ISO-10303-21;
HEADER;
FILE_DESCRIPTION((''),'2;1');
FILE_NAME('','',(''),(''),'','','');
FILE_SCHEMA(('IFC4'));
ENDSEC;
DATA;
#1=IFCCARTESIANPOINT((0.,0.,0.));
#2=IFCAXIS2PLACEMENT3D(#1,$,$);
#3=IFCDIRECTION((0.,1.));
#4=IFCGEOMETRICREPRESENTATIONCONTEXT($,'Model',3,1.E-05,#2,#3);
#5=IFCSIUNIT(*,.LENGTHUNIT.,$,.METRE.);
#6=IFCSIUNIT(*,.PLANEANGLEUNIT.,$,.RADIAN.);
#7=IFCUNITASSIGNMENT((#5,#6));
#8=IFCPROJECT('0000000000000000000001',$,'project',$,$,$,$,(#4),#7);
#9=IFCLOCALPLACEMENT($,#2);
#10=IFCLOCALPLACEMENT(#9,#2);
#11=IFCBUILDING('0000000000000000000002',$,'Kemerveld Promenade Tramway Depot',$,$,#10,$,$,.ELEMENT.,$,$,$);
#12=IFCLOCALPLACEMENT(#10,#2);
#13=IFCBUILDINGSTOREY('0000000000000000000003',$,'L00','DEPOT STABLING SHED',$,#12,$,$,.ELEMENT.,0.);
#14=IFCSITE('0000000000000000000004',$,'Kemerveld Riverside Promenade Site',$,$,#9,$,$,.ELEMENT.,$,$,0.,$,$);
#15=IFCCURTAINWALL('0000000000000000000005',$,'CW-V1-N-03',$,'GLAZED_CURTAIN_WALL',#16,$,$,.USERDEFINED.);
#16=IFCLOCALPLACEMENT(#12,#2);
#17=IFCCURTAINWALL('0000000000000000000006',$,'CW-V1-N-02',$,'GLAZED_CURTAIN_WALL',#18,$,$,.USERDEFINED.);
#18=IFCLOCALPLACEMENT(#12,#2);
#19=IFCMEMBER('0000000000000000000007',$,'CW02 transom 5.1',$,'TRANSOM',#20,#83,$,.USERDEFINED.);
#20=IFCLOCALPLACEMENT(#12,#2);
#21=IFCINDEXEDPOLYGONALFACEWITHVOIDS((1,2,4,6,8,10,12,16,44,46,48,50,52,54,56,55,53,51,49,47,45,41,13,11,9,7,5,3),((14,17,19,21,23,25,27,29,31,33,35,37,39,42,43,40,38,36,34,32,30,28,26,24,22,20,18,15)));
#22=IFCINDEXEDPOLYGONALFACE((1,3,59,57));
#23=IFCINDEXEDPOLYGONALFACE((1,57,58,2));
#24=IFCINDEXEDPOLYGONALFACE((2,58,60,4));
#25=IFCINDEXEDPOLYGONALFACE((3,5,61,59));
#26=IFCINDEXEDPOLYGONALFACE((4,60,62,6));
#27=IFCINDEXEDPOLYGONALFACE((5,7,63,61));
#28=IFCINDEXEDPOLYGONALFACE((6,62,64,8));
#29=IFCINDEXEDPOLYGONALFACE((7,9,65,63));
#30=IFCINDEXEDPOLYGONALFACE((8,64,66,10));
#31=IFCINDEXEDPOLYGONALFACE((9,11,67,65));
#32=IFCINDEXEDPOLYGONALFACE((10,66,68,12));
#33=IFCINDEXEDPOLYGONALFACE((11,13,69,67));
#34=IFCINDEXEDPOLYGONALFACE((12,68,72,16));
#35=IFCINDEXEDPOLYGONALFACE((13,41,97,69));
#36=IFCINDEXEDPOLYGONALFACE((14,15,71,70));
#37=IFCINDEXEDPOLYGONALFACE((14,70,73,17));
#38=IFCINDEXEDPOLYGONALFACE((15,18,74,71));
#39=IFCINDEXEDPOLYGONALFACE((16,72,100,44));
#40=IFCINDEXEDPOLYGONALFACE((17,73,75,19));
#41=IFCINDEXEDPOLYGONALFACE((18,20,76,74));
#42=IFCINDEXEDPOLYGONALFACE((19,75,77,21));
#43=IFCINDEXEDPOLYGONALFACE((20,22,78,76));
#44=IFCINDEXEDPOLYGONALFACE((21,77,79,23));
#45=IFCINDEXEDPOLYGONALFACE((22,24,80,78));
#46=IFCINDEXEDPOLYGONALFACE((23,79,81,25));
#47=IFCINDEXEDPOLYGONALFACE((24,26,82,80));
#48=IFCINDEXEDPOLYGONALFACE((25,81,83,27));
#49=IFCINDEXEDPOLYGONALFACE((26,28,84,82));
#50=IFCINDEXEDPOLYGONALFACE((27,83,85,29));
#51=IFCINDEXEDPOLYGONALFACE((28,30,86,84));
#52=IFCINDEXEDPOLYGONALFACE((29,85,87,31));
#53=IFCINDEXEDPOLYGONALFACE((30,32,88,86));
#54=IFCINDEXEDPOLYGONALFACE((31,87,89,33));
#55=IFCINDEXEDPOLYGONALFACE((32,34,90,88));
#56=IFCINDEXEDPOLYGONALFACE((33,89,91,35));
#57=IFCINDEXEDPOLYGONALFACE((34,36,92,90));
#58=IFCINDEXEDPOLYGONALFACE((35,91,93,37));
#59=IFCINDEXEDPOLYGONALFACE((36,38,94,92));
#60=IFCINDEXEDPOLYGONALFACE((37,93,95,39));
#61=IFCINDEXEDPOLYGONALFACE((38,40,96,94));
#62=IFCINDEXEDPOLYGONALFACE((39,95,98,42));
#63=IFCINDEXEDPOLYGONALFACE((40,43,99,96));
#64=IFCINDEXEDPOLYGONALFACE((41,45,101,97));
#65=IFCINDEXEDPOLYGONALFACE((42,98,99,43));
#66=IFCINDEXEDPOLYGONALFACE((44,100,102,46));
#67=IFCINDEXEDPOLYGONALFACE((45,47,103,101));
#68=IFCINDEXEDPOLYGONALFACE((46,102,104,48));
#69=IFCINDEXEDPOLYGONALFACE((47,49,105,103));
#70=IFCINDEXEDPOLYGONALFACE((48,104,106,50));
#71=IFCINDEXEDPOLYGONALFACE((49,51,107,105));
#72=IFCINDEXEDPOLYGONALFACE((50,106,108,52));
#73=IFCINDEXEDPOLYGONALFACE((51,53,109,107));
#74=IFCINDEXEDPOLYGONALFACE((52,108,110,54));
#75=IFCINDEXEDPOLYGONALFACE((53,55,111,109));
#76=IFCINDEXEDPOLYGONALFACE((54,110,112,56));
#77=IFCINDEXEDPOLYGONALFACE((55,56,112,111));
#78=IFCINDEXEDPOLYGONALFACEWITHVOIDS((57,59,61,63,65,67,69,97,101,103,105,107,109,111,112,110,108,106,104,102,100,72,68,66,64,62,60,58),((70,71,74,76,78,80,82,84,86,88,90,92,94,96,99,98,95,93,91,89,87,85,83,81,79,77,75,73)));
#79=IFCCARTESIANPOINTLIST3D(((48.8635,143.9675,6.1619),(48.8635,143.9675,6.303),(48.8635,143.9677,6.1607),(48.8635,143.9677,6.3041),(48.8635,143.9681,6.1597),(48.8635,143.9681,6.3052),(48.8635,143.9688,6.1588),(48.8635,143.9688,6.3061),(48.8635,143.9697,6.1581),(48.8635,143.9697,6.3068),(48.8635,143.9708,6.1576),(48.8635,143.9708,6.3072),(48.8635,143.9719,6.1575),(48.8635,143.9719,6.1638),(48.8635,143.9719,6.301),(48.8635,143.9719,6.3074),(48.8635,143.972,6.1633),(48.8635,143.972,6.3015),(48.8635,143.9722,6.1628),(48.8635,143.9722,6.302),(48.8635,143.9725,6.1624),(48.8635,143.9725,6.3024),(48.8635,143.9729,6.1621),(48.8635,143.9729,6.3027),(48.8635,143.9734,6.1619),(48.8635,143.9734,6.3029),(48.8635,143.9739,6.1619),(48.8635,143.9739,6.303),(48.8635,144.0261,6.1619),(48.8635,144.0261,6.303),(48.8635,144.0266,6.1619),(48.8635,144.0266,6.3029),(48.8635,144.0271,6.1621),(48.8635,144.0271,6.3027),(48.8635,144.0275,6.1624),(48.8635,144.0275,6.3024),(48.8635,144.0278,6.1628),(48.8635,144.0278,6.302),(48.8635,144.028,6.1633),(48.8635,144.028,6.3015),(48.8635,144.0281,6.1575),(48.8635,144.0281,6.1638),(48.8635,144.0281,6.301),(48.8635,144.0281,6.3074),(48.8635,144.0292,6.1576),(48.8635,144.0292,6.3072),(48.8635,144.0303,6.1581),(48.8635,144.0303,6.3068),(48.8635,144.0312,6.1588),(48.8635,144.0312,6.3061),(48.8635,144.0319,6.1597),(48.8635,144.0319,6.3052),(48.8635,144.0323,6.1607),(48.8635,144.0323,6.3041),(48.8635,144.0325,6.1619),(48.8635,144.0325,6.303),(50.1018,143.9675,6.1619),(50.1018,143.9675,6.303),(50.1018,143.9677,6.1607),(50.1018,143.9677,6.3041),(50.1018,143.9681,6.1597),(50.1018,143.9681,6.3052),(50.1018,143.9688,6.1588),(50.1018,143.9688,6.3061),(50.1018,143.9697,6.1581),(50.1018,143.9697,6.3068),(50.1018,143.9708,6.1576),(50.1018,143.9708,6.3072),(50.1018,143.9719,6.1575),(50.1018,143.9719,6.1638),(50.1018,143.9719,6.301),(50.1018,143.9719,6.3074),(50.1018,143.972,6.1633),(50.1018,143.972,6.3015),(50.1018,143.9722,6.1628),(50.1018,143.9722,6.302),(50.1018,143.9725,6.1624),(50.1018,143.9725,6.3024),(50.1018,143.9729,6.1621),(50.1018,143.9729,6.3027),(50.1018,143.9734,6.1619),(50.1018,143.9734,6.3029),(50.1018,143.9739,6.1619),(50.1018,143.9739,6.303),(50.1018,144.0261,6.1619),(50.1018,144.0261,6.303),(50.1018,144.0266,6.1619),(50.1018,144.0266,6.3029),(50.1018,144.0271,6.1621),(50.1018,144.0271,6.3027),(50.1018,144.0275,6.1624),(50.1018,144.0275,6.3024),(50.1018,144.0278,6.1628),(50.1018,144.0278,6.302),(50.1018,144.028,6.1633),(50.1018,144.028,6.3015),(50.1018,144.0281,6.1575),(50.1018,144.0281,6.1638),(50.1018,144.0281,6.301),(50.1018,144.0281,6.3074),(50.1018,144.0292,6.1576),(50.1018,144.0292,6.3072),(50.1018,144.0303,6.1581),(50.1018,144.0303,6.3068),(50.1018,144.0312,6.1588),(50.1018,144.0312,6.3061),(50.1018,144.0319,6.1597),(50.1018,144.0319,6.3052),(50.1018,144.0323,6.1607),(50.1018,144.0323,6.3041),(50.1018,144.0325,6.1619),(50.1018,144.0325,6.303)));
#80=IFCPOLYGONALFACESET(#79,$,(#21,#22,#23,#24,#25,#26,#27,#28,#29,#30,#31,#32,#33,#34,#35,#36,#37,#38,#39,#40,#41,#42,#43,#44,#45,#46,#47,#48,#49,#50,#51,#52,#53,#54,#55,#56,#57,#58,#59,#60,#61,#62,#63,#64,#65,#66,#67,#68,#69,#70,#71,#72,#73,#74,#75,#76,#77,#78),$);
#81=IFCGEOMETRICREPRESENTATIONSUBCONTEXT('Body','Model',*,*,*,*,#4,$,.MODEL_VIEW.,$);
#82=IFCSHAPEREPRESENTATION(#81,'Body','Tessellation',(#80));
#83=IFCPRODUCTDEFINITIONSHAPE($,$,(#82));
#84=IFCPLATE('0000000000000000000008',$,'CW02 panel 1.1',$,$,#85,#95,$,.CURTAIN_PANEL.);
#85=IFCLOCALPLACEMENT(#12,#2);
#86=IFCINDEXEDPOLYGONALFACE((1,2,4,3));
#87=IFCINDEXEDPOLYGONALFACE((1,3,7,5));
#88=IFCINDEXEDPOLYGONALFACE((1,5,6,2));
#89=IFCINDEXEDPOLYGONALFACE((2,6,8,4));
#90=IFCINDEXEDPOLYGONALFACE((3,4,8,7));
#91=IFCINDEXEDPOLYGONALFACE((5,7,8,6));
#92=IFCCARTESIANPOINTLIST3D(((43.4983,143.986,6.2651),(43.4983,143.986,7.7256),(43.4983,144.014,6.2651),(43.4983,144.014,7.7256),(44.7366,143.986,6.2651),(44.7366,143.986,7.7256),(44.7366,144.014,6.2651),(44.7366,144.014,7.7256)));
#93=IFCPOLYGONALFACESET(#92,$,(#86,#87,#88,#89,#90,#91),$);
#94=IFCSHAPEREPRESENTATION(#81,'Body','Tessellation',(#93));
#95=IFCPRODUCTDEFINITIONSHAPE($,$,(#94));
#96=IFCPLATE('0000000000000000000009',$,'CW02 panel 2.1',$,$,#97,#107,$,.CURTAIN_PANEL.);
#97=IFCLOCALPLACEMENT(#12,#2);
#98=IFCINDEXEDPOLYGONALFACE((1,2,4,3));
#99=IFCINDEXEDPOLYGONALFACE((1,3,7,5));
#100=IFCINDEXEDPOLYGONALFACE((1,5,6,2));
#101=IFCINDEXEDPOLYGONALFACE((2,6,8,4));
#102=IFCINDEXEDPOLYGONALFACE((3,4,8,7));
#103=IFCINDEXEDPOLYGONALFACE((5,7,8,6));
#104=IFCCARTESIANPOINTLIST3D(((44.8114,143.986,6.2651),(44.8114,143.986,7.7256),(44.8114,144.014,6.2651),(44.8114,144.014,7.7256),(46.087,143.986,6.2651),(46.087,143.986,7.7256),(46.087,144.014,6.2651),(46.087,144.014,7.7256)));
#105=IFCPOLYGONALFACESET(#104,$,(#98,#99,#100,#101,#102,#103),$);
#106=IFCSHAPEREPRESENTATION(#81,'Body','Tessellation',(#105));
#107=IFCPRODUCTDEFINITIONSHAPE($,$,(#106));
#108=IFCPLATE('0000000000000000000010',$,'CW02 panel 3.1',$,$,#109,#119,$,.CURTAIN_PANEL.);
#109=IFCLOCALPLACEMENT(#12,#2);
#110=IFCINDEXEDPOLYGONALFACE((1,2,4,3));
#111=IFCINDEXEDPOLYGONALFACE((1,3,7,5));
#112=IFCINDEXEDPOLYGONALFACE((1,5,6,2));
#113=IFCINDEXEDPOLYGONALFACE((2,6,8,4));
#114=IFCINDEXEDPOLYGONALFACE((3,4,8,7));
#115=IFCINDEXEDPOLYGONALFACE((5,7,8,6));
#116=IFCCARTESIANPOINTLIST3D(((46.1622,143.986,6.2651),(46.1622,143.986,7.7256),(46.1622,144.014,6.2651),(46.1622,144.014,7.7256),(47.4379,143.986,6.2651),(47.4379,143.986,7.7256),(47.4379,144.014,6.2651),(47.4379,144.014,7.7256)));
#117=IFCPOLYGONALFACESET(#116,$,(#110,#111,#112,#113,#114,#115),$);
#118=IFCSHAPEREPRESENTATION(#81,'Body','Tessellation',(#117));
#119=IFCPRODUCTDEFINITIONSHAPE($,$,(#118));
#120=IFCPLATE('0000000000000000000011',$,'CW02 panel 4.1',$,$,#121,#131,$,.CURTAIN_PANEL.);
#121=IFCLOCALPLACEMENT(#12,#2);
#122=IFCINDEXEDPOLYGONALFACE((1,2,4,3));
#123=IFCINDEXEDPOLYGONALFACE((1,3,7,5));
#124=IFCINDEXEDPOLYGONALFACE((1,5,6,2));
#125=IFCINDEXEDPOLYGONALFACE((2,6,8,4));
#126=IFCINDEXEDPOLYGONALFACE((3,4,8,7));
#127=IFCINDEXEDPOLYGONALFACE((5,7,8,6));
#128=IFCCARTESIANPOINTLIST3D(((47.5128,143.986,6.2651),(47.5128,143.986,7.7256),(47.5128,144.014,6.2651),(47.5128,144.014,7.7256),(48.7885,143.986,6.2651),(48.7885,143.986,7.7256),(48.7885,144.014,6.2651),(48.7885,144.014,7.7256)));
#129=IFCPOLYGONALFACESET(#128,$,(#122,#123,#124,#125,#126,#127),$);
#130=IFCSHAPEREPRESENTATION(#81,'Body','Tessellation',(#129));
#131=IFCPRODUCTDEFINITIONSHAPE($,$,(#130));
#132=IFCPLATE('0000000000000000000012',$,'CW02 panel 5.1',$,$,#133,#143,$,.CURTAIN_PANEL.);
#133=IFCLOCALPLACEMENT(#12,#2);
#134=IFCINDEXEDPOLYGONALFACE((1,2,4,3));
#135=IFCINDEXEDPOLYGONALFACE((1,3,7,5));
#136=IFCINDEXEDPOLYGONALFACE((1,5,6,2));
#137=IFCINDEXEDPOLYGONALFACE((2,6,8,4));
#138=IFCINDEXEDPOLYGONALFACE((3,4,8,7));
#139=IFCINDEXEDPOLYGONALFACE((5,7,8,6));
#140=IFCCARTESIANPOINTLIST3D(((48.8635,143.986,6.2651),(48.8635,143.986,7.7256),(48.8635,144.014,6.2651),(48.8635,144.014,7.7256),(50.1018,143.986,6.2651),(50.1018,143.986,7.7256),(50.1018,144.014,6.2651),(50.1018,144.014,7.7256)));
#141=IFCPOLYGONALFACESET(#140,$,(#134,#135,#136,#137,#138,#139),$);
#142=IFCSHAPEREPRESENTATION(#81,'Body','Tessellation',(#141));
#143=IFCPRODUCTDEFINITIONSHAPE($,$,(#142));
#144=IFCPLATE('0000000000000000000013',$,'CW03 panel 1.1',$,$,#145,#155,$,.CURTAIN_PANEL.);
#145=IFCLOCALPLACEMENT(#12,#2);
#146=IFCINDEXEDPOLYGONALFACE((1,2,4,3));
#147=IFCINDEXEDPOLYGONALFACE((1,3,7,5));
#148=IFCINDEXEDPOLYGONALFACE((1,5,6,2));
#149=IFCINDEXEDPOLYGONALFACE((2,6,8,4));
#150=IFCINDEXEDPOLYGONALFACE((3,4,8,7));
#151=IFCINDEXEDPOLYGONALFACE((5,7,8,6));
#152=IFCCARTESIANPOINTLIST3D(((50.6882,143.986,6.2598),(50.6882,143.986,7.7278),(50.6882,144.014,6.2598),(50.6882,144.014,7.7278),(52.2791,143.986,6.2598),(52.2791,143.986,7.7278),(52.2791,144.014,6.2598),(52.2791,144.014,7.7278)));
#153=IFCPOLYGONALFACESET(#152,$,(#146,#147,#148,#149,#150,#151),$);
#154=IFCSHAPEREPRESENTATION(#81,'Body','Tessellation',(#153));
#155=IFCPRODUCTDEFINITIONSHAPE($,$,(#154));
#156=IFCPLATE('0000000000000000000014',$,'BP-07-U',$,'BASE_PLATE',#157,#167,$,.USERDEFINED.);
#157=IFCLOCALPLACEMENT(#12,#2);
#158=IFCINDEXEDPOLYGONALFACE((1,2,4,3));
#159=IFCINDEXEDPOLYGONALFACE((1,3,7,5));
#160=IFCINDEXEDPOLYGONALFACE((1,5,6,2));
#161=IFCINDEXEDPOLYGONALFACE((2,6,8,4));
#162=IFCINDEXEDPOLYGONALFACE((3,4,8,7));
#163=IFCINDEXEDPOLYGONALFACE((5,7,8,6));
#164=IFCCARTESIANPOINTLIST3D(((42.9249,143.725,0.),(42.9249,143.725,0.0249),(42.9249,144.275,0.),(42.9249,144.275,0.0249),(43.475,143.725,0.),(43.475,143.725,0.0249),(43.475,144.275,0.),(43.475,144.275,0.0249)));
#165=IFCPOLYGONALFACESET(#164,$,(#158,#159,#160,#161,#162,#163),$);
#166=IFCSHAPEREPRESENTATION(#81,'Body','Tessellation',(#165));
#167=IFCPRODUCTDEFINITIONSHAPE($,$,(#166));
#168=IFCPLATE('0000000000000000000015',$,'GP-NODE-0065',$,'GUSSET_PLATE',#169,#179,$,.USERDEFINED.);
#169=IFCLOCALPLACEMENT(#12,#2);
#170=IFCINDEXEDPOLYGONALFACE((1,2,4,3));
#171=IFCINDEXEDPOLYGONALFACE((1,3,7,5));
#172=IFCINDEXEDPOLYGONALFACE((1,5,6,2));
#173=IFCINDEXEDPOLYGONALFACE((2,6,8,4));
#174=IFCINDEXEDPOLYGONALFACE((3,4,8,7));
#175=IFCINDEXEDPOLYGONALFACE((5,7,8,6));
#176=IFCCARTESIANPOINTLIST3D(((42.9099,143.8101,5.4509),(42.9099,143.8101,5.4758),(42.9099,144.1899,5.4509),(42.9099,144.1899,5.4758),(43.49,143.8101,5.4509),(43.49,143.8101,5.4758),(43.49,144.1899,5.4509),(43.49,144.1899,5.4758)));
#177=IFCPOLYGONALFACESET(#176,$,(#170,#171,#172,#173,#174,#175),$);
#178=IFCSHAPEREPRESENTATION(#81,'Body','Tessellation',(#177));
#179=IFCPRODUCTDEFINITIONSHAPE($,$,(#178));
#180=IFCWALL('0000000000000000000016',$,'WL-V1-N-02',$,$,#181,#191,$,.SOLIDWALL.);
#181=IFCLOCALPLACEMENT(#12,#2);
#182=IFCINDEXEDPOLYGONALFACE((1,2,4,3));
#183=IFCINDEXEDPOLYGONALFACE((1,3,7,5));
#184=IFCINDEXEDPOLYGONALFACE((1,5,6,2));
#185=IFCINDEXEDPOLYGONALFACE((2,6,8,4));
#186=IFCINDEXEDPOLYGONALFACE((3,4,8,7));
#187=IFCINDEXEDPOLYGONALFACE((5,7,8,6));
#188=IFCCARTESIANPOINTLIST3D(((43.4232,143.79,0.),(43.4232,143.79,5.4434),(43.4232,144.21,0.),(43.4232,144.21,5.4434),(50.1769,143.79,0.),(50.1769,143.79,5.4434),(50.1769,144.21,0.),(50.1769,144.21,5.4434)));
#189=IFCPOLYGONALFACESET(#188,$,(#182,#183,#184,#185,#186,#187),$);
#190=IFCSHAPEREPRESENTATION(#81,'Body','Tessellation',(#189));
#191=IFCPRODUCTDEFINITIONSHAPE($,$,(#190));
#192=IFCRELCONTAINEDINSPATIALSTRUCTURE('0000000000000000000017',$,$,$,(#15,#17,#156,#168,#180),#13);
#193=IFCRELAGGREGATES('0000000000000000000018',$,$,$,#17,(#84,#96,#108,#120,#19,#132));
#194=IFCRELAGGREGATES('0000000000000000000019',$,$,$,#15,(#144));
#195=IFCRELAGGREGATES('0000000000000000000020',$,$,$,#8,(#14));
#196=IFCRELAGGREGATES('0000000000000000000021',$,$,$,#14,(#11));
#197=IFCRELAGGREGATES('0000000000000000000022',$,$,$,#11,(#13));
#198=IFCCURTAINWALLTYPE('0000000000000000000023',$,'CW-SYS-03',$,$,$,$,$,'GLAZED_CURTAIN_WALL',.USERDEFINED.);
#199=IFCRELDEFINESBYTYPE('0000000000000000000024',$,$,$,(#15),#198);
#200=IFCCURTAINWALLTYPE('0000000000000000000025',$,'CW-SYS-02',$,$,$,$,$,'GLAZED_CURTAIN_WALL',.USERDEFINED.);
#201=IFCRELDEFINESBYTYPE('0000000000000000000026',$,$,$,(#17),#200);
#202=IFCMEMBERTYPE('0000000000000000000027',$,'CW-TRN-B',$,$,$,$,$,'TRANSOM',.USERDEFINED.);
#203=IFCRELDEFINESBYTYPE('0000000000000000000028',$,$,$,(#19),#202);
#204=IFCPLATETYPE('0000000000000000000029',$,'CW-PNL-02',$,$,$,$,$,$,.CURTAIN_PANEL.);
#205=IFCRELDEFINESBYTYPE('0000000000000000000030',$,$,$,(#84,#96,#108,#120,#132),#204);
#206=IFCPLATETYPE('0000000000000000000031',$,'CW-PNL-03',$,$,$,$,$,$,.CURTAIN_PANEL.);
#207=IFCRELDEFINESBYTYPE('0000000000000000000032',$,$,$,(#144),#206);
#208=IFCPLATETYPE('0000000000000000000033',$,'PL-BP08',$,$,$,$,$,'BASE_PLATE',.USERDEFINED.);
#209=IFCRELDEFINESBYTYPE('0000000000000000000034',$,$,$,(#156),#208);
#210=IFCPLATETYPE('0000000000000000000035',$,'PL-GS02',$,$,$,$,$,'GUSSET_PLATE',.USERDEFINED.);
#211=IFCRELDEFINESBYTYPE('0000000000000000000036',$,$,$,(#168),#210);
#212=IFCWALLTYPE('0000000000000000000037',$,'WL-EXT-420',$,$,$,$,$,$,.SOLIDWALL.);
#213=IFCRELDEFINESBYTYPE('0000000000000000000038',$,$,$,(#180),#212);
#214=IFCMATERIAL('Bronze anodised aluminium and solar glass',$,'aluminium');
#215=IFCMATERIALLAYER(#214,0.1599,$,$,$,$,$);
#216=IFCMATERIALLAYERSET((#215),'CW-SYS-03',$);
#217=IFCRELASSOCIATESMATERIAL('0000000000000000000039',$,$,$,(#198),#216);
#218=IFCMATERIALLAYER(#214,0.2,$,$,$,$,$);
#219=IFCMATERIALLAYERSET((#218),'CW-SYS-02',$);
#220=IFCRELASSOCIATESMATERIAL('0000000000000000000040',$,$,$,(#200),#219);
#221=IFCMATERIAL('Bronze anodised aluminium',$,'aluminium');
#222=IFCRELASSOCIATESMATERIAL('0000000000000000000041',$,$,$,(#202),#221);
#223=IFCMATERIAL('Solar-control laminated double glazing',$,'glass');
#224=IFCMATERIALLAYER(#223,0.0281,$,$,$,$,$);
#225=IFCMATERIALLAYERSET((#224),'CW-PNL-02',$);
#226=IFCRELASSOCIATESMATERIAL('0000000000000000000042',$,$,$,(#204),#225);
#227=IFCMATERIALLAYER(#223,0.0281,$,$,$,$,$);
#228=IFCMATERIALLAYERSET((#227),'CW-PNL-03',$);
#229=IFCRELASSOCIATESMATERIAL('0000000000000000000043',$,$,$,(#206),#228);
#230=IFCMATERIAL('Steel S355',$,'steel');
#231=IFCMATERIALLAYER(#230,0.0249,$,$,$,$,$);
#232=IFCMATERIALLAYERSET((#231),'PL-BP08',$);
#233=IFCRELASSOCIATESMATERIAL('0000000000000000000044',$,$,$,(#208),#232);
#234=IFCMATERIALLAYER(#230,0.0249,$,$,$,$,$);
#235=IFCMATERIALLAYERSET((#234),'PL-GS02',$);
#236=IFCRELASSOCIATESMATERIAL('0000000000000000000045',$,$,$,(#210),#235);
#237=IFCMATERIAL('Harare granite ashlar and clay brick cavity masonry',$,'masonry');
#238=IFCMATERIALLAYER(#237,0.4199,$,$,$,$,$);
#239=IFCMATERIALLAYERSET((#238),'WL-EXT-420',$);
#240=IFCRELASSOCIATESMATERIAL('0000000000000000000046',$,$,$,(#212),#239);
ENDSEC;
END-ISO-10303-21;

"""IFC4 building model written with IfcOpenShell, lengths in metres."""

from ifc_helpers import new_model, si_unit, direction, frame, frame_2d, origin, origin_2d, place, context, subcontext, project, spatial, rectangle, hollow_rectangle, extrude, material, layer, layer_set, material_profile, profile_set, type_object, element, aggregate, save


model = new_model("IFC4")

# Units and contexts
model_context = context("Model", 3, precision=1e-05, world=origin(), true_north=direction((0.0, 1.0)))
body_context = subcontext(model_context, "Body", "Model", "MODEL_VIEW")
ifc_project = project(units=[si_unit("LENGTHUNIT", "METRE"), si_unit("PLANEANGLEUNIT", "RADIAN")], contexts=[model_context])

# Site, building, storey
site_placement = place(None, origin())
site = spatial("IfcSite", under=ifc_project, at=site_placement, Name="Kemerveld Riverside Promenade Site", CompositionType="ELEMENT", RefElevation=0.0)
building_placement = place(site_placement, origin())
building = spatial("IfcBuilding", under=site, at=building_placement, Name="Kemerveld Promenade Tramway Depot", CompositionType="ELEMENT")
storey_placement = place(building_placement, origin())
storey = spatial("IfcBuildingStorey", under=building, at=storey_placement, Name="L00", Description="DEPOT STABLING SHED", CompositionType="ELEMENT", Elevation=0.0)

# Shared definitions
ifc_material_1 = material(Name="Steel S355", Category="steel")

# Curtain wall
ifc_material_2 = material(Name="Bronze anodised aluminium and solar glass", Category="aluminium")
ifc_material_3 = material(Name="Bronze anodised aluminium", Category="aluminium")
ifc_layer_1 = layer(ifc_material_2, 0.1599)
ifc_layer_set_1 = layer_set([ifc_layer_1], Name="CW-SYS-03")
curtain_wall_type_1 = type_object("IfcCurtainWallType", Name="CW-SYS-03", ElementType="GLAZED_CURTAIN_WALL", PredefinedType="USERDEFINED", material=ifc_layer_set_1)
curtain_wall_1_placement = place(storey_placement, origin())
curtain_wall_1 = element("IfcCurtainWall", 1, at=curtain_wall_1_placement, inside=storey, type_object=curtain_wall_type_1, Name="CW-V1-N-03", ObjectType="GLAZED_CURTAIN_WALL", PredefinedType="USERDEFINED")

# Curtain wall
ifc_layer_2 = layer(ifc_material_2, 0.2)
ifc_layer_set_2 = layer_set([ifc_layer_2], Name="CW-SYS-02")
curtain_wall_type_2 = type_object("IfcCurtainWallType", Name="CW-SYS-02", ElementType="GLAZED_CURTAIN_WALL", PredefinedType="USERDEFINED", material=ifc_layer_set_2)
curtain_wall_2_placement = place(storey_placement, origin())
curtain_wall_2 = element("IfcCurtainWall", 2, at=curtain_wall_2_placement, inside=storey, type_object=curtain_wall_type_2, Name="CW-V1-N-02", ObjectType="GLAZED_CURTAIN_WALL", PredefinedType="USERDEFINED")

# Member
ifc_material_profile_1 = material_profile(ifc_material_3, hollow_rectangle(XDim=0.0649, YDim=0.1499, WallThickness=0.0044, InnerFilletRadius=0.002, OuterFilletRadius=0.0044, at=origin_2d()), Name="CW-TRN-150x65")
ifc_profile_set_1 = profile_set([ifc_material_profile_1], Name="Bronze anodised aluminium")
member_type_1 = type_object("IfcMemberType", Name="CW-TRN-B", ElementType="TRANSOM", PredefinedType="USERDEFINED", material=ifc_profile_set_1)
member_1_placement = place(storey_placement, frame((48.8635, 144.0, 6.2324), z_axis=(1.0, 0.0, 0.0), x_axis=(0.0, 1.0, 0.0)))
member_1 = element("IfcMember", 3, at=member_1_placement, type_object=member_type_1, Name="CW02 transom 5.1", ObjectType="TRANSOM", PredefinedType="USERDEFINED", context=body_context, shape_type="SweptSolid", body=[
    extrude(hollow_rectangle(XDim=0.0649, YDim=0.1499, WallThickness=0.0044, InnerFilletRadius=0.002, OuterFilletRadius=0.0044, at=origin_2d()), origin(), (0.0, 0.0, 1.0), 1.2383),
])

# Plates
ifc_material_4 = material(Name="Solar-control laminated double glazing", Category="glass")
ifc_layer_3 = layer(ifc_material_4, 0.0281)
ifc_layer_set_3 = layer_set([ifc_layer_3], Name="CW-PNL-02")
plate_type_1 = type_object("IfcPlateType", Name="CW-PNL-02", PredefinedType="CURTAIN_PANEL", material=ifc_layer_set_3)
plate_1_placement = place(storey_placement, frame((44.1174, 144.0, 6.2651), z_axis=(0.0, 0.0, 1.0), x_axis=(1.0, 0.0, 0.0)))
plate_1 = element("IfcPlate", 4, at=plate_1_placement, type_object=plate_type_1, Name="CW02 panel 1.1", PredefinedType="CURTAIN_PANEL", context=body_context, shape_type="SweptSolid", body=[
    extrude(rectangle(XDim=1.2383, YDim=0.0281, at=origin_2d()), origin(), (0.0, 0.0, 1.0), 1.4604),
])
plate_2_placement = place(storey_placement, frame((45.4492, 144.0, 6.2651), z_axis=(0.0, 0.0, 1.0), x_axis=(1.0, 0.0, 0.0)))
plate_2 = element("IfcPlate", 5, at=plate_2_placement, type_object=plate_type_1, Name="CW02 panel 2.1", PredefinedType="CURTAIN_PANEL", context=body_context, shape_type="SweptSolid", body=[
    extrude(rectangle(XDim=1.2756, YDim=0.0281, at=origin_2d()), origin(), (0.0, 0.0, 1.0), 1.4604),
])
plate_3_placement = place(storey_placement, frame((46.8, 144.0, 6.2651), z_axis=(0.0, 0.0, 1.0), x_axis=(1.0, 0.0, 0.0)))
plate_3 = element("IfcPlate", 6, at=plate_3_placement, type_object=plate_type_1, Name="CW02 panel 3.1", PredefinedType="CURTAIN_PANEL", context=body_context, shape_type="SweptSolid", body=[
    extrude(rectangle(XDim=1.2756, YDim=0.0281, at=origin_2d()), origin(), (0.0, 0.0, 1.0), 1.4604),
])
plate_4_placement = place(storey_placement, frame((48.1506, 144.0, 6.2651), z_axis=(0.0, 0.0, 1.0), x_axis=(1.0, 0.0, 0.0)))
plate_4 = element("IfcPlate", 7, at=plate_4_placement, type_object=plate_type_1, Name="CW02 panel 4.1", PredefinedType="CURTAIN_PANEL", context=body_context, shape_type="SweptSolid", body=[
    extrude(rectangle(XDim=1.2756, YDim=0.0281, at=origin_2d()), origin(), (0.0, 0.0, 1.0), 1.4604),
])
plate_5_placement = place(storey_placement, frame((49.4827, 144.0, 6.2651), z_axis=(0.0, 0.0, 1.0), x_axis=(1.0, 0.0, 0.0)))
plate_5 = element("IfcPlate", 8, at=plate_5_placement, type_object=plate_type_1, Name="CW02 panel 5.1", PredefinedType="CURTAIN_PANEL", context=body_context, shape_type="SweptSolid", body=[
    extrude(rectangle(XDim=1.2383, YDim=0.0281, at=origin_2d()), origin(), (0.0, 0.0, 1.0), 1.4604),
])
aggregate(curtain_wall_2, [plate_1, plate_2, plate_3, plate_4, member_1, plate_5])
ifc_layer_4 = layer(ifc_material_4, 0.0281)
ifc_layer_set_4 = layer_set([ifc_layer_4], Name="CW-PNL-03")
plate_type_2 = type_object("IfcPlateType", Name="CW-PNL-03", PredefinedType="CURTAIN_PANEL", material=ifc_layer_set_4)
plate_6_placement = place(storey_placement, frame((51.4836, 144.0, 6.2598), z_axis=(0.0, 0.0, 1.0), x_axis=(1.0, 0.0, 0.0)))
plate_6 = element("IfcPlate", 9, at=plate_6_placement, type_object=plate_type_2, Name="CW03 panel 1.1", PredefinedType="CURTAIN_PANEL", context=body_context, shape_type="SweptSolid", body=[
    extrude(rectangle(XDim=1.5908, YDim=0.0281, at=origin_2d()), origin(), (0.0, 0.0, 1.0), 1.468),
])
aggregate(curtain_wall_1, [plate_6])

# Plates
ifc_layer_5 = layer(ifc_material_1, 0.0249)
ifc_layer_set_5 = layer_set([ifc_layer_5], Name="PL-BP08")
plate_type_3 = type_object("IfcPlateType", Name="PL-BP08", ElementType="BASE_PLATE", PredefinedType="USERDEFINED", material=ifc_layer_set_5)
plate_7_placement = place(storey_placement, frame((43.2, 144.0, 0.0), z_axis=(0.0, 0.0, 1.0), x_axis=(1.0, 0.0, 0.0)))
element("IfcPlate", 10, at=plate_7_placement, inside=storey, type_object=plate_type_3, Name="BP-07-U", ObjectType="BASE_PLATE", PredefinedType="USERDEFINED", context=body_context, shape_type="SweptSolid", body=[
    extrude(rectangle(XDim=0.55, YDim=0.55, at=origin_2d()), origin(), (0.0, 0.0, 1.0), 0.0249),
])
ifc_layer_6 = layer(ifc_material_1, 0.0249)
ifc_layer_set_6 = layer_set([ifc_layer_6], Name="PL-GS02")
plate_type_4 = type_object("IfcPlateType", Name="PL-GS02", ElementType="GUSSET_PLATE", PredefinedType="USERDEFINED", material=ifc_layer_set_6)
plate_8_placement = place(storey_placement, frame((43.2, 144.0, 5.4509), z_axis=(0.0, 0.0, 1.0), x_axis=(1.0, 0.0, 0.0)))
element("IfcPlate", 11, at=plate_8_placement, inside=storey, type_object=plate_type_4, Name="GP-NODE-0065", ObjectType="GUSSET_PLATE", PredefinedType="USERDEFINED", context=body_context, shape_type="SweptSolid", body=[
    extrude(rectangle(XDim=0.5801, YDim=0.3799, at=origin_2d()), origin(), (0.0, 0.0, 1.0), 0.0249),
])

# Wall
ifc_material_5 = material(Name="Harare granite ashlar and clay brick cavity masonry", Category="masonry")
ifc_layer_7 = layer(ifc_material_5, 0.4199)
ifc_layer_set_7 = layer_set([ifc_layer_7], Name="WL-EXT-420")
wall_type = type_object("IfcWallType", Name="WL-EXT-420", PredefinedType="SOLIDWALL", material=ifc_layer_set_7)
wall_1_placement = place(storey_placement, frame((43.4231, 144.0, 0.0), z_axis=(0.0, 0.0, 1.0), x_axis=(1.0, 0.0, 0.0)))
element("IfcWall", 12, at=wall_1_placement, inside=storey, type_object=wall_type, Name="WL-V1-N-02", PredefinedType="SOLIDWALL", context=body_context, shape_type="SweptSolid", body=[
    extrude(rectangle(XDim=6.7537, YDim=0.4199, at=frame_2d((3.377, 0.0))), origin(), (0.0, 0.0, 1.0), 5.4434),
])

save(model, "model.ifc")
